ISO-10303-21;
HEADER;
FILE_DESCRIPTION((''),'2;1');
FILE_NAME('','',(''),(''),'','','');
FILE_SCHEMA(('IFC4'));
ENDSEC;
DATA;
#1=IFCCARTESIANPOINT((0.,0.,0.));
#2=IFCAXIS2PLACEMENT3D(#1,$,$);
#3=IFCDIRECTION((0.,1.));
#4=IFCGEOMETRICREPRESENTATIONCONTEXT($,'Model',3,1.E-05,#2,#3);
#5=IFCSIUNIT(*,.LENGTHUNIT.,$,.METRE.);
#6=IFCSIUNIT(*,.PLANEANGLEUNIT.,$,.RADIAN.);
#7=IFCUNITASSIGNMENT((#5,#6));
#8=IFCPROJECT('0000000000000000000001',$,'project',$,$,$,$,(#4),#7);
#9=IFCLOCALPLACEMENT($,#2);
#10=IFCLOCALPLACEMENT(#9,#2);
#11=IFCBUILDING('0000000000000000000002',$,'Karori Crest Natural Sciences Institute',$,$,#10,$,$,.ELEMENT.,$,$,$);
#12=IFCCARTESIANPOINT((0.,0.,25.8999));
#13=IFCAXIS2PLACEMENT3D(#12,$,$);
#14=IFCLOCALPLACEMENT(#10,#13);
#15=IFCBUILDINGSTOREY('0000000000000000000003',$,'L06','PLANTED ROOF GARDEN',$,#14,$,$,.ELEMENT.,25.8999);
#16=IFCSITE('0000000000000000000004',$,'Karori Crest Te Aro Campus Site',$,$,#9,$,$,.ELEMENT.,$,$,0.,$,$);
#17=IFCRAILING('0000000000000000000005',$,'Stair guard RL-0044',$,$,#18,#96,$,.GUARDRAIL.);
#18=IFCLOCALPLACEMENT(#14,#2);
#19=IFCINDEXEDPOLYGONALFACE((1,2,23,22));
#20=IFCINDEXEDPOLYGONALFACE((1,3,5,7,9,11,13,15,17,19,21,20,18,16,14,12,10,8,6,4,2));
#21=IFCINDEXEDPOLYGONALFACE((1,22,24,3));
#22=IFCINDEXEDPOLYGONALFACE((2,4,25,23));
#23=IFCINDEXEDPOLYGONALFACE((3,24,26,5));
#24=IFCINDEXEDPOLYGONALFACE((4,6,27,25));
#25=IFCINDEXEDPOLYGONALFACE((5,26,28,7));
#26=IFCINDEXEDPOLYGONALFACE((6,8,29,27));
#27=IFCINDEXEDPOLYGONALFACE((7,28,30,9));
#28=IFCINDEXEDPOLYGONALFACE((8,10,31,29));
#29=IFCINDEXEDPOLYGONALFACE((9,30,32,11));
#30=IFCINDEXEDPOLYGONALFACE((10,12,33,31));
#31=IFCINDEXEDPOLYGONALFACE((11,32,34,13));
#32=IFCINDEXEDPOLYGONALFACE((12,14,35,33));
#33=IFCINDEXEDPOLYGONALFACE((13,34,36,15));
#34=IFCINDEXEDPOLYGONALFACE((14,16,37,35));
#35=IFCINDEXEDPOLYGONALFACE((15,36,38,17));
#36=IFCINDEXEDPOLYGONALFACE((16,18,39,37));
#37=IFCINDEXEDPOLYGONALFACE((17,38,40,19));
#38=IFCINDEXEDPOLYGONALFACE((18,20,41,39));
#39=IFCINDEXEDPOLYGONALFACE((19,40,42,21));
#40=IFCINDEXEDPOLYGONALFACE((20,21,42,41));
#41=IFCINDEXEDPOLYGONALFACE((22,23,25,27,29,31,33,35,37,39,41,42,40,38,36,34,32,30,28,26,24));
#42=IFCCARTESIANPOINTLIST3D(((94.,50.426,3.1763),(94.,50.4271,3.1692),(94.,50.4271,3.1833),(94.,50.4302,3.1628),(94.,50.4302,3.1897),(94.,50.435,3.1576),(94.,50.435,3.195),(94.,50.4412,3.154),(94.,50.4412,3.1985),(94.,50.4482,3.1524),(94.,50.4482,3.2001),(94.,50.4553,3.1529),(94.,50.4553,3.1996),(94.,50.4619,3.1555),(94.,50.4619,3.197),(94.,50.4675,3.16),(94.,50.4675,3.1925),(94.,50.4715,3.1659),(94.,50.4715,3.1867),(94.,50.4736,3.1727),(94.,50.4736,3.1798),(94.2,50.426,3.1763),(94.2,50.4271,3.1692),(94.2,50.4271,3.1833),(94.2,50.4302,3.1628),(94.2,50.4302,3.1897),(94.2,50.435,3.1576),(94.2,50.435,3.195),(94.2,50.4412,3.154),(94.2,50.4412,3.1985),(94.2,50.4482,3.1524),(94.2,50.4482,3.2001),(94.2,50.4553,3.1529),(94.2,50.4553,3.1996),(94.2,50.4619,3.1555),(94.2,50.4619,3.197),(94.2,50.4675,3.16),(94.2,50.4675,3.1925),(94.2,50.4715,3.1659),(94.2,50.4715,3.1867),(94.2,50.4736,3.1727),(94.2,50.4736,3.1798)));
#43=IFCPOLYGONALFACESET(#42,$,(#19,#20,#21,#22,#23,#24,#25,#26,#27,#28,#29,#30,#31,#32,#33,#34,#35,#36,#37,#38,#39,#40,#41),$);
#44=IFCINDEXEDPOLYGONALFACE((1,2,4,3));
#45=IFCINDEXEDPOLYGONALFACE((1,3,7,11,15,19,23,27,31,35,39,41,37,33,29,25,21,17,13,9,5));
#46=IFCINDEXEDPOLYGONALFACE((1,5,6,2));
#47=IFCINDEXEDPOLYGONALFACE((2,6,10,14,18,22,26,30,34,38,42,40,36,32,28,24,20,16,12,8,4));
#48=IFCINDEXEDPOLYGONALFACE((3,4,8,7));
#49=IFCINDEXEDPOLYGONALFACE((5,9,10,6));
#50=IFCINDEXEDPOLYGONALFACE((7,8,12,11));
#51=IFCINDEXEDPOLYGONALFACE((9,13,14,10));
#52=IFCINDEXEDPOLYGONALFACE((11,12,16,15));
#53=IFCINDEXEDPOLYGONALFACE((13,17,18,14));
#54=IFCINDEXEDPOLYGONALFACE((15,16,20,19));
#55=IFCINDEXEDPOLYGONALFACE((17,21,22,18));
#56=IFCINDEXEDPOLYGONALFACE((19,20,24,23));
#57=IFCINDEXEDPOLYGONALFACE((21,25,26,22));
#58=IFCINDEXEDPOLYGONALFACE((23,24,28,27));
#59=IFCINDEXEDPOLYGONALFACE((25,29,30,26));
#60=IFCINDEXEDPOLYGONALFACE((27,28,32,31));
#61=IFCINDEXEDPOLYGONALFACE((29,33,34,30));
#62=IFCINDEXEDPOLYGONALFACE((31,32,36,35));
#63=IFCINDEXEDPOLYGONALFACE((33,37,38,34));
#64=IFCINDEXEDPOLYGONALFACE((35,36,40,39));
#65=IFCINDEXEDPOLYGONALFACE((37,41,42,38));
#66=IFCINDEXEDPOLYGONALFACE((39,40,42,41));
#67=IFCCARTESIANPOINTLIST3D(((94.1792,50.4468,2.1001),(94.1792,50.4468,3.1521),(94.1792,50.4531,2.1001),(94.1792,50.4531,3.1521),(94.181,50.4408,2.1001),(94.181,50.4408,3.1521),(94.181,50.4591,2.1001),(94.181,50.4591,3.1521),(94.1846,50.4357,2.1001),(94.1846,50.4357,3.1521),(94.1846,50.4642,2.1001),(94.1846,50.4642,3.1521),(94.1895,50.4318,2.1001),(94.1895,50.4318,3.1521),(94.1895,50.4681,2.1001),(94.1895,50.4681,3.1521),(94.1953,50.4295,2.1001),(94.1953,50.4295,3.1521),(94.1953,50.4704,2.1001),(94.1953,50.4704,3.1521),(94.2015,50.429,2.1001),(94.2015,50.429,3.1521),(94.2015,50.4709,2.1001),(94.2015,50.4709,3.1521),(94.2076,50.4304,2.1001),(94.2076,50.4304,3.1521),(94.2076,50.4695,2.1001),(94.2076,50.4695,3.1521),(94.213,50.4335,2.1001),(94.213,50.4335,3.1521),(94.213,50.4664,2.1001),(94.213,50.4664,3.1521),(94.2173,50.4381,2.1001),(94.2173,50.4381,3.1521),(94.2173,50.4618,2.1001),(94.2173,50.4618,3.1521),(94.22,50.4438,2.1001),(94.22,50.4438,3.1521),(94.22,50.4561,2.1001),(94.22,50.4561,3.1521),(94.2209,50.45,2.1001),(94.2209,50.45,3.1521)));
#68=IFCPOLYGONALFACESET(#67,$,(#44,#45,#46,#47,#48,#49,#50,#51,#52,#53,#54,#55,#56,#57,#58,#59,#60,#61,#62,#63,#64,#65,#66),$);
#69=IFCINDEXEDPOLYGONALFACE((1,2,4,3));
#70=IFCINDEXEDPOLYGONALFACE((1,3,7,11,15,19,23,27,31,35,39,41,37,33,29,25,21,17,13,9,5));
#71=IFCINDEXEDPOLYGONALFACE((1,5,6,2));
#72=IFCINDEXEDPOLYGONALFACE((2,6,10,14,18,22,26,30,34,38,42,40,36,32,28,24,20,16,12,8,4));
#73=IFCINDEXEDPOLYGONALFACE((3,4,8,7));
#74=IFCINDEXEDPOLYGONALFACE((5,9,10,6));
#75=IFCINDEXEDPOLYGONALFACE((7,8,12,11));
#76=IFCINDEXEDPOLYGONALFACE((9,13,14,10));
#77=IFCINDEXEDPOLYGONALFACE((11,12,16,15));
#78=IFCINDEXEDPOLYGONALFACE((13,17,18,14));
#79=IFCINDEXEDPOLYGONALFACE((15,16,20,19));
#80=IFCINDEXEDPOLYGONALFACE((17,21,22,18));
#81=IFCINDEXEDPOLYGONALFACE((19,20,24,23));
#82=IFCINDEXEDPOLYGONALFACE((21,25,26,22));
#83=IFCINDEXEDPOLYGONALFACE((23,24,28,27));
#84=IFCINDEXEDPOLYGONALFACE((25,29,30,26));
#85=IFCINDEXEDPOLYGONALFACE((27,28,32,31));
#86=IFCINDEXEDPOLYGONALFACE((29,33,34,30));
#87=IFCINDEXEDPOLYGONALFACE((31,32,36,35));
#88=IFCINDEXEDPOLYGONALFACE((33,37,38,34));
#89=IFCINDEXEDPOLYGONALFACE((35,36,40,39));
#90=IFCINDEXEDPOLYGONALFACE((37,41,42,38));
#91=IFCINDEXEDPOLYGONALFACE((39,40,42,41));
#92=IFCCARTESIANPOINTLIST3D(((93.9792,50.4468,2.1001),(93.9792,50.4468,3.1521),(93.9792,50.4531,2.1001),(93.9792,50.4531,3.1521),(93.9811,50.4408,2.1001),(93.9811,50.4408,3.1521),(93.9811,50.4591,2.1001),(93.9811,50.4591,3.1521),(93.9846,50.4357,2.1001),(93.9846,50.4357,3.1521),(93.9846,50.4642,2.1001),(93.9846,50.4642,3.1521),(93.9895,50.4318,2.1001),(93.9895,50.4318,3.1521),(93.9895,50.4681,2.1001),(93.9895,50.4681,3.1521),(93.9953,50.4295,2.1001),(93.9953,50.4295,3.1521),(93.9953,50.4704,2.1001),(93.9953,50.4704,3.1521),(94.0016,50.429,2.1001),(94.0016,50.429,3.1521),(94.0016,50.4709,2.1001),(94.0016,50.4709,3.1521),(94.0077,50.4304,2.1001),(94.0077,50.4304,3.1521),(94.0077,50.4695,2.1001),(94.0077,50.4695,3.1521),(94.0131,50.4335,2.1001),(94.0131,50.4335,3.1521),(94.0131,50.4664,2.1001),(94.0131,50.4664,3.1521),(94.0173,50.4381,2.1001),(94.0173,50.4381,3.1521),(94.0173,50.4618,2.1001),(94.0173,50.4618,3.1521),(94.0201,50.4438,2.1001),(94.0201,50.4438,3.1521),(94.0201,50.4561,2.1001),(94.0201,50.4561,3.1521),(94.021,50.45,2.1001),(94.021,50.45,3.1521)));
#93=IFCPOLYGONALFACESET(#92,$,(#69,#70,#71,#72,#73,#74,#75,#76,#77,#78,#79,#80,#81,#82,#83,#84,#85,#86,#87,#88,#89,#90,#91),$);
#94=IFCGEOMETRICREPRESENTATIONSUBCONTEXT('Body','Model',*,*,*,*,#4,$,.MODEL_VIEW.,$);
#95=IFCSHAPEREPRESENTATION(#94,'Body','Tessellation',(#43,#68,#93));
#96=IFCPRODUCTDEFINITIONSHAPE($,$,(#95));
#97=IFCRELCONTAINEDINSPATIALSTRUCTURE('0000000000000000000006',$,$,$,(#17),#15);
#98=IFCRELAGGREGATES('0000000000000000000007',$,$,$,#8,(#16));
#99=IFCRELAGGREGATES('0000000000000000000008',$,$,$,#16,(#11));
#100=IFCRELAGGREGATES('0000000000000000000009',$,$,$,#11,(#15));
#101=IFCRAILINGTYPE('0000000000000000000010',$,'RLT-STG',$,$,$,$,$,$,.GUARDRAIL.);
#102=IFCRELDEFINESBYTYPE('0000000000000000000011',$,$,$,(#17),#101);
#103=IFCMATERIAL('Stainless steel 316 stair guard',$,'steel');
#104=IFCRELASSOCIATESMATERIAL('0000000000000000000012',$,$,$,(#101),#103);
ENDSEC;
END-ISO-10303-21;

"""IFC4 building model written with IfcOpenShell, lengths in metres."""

from ifc_helpers import new_model, si_unit, direction, frame, origin, origin_2d, place, context, subcontext, project, spatial, circle, extrude, material, type_object, element, save


model = new_model("IFC4")

# Units and contexts
model_context = context("Model", 3, precision=1e-05, world=origin(), true_north=direction((0.0, 1.0)))
body_context = subcontext(model_context, "Body", "Model", "MODEL_VIEW")
ifc_project = project(units=[si_unit("LENGTHUNIT", "METRE"), si_unit("PLANEANGLEUNIT", "RADIAN")], contexts=[model_context])

# Site, building, storey
site_placement = place(None, origin())
site = spatial("IfcSite", under=ifc_project, at=site_placement, Name="Karori Crest Te Aro Campus Site", CompositionType="ELEMENT", RefElevation=0.0)
building_placement = place(site_placement, origin())
building = spatial("IfcBuilding", under=site, at=building_placement, Name="Karori Crest Natural Sciences Institute", CompositionType="ELEMENT")
storey_placement = place(building_placement, frame((0.0, 0.0, 25.8999)))
storey = spatial("IfcBuildingStorey", under=building, at=storey_placement, Name="L06", Description="PLANTED ROOF GARDEN", CompositionType="ELEMENT", Elevation=25.8999)

# Railing
ifc_material_1 = material(Name="Stainless steel 316 stair guard", Category="steel")
railing_type_1 = type_object("IfcRailingType", Name="RLT-STG", PredefinedType="GUARDRAIL", material=ifc_material_1)
railing_1_placement = place(storey_placement, frame((94.2, 50.45, 2.1001)))
element("IfcRailing", 1, at=railing_1_placement, inside=storey, type_object=railing_type_1, Name="Stair guard RL-0044", PredefinedType="GUARDRAIL", context=body_context, shape_type="SweptSolid", body=[
    extrude(circle(Radius=0.0239, at=origin_2d()), frame((0.0, 0.0, 1.0762), z_axis=(-1.0, 0.0, 0.0), x_axis=(0.0, -1.0, 0.0)), (0.0, 0.0, 1.0), 0.2),
    extrude(circle(Radius=0.021, at=origin_2d()), origin(), (0.0, 0.0, 1.0), 1.052),
    extrude(circle(Radius=0.021, at=origin_2d()), frame((-0.2, 0.0, 0.0)), (0.0, 0.0, 1.0), 1.052),
])

save(model, "model.ifc")
